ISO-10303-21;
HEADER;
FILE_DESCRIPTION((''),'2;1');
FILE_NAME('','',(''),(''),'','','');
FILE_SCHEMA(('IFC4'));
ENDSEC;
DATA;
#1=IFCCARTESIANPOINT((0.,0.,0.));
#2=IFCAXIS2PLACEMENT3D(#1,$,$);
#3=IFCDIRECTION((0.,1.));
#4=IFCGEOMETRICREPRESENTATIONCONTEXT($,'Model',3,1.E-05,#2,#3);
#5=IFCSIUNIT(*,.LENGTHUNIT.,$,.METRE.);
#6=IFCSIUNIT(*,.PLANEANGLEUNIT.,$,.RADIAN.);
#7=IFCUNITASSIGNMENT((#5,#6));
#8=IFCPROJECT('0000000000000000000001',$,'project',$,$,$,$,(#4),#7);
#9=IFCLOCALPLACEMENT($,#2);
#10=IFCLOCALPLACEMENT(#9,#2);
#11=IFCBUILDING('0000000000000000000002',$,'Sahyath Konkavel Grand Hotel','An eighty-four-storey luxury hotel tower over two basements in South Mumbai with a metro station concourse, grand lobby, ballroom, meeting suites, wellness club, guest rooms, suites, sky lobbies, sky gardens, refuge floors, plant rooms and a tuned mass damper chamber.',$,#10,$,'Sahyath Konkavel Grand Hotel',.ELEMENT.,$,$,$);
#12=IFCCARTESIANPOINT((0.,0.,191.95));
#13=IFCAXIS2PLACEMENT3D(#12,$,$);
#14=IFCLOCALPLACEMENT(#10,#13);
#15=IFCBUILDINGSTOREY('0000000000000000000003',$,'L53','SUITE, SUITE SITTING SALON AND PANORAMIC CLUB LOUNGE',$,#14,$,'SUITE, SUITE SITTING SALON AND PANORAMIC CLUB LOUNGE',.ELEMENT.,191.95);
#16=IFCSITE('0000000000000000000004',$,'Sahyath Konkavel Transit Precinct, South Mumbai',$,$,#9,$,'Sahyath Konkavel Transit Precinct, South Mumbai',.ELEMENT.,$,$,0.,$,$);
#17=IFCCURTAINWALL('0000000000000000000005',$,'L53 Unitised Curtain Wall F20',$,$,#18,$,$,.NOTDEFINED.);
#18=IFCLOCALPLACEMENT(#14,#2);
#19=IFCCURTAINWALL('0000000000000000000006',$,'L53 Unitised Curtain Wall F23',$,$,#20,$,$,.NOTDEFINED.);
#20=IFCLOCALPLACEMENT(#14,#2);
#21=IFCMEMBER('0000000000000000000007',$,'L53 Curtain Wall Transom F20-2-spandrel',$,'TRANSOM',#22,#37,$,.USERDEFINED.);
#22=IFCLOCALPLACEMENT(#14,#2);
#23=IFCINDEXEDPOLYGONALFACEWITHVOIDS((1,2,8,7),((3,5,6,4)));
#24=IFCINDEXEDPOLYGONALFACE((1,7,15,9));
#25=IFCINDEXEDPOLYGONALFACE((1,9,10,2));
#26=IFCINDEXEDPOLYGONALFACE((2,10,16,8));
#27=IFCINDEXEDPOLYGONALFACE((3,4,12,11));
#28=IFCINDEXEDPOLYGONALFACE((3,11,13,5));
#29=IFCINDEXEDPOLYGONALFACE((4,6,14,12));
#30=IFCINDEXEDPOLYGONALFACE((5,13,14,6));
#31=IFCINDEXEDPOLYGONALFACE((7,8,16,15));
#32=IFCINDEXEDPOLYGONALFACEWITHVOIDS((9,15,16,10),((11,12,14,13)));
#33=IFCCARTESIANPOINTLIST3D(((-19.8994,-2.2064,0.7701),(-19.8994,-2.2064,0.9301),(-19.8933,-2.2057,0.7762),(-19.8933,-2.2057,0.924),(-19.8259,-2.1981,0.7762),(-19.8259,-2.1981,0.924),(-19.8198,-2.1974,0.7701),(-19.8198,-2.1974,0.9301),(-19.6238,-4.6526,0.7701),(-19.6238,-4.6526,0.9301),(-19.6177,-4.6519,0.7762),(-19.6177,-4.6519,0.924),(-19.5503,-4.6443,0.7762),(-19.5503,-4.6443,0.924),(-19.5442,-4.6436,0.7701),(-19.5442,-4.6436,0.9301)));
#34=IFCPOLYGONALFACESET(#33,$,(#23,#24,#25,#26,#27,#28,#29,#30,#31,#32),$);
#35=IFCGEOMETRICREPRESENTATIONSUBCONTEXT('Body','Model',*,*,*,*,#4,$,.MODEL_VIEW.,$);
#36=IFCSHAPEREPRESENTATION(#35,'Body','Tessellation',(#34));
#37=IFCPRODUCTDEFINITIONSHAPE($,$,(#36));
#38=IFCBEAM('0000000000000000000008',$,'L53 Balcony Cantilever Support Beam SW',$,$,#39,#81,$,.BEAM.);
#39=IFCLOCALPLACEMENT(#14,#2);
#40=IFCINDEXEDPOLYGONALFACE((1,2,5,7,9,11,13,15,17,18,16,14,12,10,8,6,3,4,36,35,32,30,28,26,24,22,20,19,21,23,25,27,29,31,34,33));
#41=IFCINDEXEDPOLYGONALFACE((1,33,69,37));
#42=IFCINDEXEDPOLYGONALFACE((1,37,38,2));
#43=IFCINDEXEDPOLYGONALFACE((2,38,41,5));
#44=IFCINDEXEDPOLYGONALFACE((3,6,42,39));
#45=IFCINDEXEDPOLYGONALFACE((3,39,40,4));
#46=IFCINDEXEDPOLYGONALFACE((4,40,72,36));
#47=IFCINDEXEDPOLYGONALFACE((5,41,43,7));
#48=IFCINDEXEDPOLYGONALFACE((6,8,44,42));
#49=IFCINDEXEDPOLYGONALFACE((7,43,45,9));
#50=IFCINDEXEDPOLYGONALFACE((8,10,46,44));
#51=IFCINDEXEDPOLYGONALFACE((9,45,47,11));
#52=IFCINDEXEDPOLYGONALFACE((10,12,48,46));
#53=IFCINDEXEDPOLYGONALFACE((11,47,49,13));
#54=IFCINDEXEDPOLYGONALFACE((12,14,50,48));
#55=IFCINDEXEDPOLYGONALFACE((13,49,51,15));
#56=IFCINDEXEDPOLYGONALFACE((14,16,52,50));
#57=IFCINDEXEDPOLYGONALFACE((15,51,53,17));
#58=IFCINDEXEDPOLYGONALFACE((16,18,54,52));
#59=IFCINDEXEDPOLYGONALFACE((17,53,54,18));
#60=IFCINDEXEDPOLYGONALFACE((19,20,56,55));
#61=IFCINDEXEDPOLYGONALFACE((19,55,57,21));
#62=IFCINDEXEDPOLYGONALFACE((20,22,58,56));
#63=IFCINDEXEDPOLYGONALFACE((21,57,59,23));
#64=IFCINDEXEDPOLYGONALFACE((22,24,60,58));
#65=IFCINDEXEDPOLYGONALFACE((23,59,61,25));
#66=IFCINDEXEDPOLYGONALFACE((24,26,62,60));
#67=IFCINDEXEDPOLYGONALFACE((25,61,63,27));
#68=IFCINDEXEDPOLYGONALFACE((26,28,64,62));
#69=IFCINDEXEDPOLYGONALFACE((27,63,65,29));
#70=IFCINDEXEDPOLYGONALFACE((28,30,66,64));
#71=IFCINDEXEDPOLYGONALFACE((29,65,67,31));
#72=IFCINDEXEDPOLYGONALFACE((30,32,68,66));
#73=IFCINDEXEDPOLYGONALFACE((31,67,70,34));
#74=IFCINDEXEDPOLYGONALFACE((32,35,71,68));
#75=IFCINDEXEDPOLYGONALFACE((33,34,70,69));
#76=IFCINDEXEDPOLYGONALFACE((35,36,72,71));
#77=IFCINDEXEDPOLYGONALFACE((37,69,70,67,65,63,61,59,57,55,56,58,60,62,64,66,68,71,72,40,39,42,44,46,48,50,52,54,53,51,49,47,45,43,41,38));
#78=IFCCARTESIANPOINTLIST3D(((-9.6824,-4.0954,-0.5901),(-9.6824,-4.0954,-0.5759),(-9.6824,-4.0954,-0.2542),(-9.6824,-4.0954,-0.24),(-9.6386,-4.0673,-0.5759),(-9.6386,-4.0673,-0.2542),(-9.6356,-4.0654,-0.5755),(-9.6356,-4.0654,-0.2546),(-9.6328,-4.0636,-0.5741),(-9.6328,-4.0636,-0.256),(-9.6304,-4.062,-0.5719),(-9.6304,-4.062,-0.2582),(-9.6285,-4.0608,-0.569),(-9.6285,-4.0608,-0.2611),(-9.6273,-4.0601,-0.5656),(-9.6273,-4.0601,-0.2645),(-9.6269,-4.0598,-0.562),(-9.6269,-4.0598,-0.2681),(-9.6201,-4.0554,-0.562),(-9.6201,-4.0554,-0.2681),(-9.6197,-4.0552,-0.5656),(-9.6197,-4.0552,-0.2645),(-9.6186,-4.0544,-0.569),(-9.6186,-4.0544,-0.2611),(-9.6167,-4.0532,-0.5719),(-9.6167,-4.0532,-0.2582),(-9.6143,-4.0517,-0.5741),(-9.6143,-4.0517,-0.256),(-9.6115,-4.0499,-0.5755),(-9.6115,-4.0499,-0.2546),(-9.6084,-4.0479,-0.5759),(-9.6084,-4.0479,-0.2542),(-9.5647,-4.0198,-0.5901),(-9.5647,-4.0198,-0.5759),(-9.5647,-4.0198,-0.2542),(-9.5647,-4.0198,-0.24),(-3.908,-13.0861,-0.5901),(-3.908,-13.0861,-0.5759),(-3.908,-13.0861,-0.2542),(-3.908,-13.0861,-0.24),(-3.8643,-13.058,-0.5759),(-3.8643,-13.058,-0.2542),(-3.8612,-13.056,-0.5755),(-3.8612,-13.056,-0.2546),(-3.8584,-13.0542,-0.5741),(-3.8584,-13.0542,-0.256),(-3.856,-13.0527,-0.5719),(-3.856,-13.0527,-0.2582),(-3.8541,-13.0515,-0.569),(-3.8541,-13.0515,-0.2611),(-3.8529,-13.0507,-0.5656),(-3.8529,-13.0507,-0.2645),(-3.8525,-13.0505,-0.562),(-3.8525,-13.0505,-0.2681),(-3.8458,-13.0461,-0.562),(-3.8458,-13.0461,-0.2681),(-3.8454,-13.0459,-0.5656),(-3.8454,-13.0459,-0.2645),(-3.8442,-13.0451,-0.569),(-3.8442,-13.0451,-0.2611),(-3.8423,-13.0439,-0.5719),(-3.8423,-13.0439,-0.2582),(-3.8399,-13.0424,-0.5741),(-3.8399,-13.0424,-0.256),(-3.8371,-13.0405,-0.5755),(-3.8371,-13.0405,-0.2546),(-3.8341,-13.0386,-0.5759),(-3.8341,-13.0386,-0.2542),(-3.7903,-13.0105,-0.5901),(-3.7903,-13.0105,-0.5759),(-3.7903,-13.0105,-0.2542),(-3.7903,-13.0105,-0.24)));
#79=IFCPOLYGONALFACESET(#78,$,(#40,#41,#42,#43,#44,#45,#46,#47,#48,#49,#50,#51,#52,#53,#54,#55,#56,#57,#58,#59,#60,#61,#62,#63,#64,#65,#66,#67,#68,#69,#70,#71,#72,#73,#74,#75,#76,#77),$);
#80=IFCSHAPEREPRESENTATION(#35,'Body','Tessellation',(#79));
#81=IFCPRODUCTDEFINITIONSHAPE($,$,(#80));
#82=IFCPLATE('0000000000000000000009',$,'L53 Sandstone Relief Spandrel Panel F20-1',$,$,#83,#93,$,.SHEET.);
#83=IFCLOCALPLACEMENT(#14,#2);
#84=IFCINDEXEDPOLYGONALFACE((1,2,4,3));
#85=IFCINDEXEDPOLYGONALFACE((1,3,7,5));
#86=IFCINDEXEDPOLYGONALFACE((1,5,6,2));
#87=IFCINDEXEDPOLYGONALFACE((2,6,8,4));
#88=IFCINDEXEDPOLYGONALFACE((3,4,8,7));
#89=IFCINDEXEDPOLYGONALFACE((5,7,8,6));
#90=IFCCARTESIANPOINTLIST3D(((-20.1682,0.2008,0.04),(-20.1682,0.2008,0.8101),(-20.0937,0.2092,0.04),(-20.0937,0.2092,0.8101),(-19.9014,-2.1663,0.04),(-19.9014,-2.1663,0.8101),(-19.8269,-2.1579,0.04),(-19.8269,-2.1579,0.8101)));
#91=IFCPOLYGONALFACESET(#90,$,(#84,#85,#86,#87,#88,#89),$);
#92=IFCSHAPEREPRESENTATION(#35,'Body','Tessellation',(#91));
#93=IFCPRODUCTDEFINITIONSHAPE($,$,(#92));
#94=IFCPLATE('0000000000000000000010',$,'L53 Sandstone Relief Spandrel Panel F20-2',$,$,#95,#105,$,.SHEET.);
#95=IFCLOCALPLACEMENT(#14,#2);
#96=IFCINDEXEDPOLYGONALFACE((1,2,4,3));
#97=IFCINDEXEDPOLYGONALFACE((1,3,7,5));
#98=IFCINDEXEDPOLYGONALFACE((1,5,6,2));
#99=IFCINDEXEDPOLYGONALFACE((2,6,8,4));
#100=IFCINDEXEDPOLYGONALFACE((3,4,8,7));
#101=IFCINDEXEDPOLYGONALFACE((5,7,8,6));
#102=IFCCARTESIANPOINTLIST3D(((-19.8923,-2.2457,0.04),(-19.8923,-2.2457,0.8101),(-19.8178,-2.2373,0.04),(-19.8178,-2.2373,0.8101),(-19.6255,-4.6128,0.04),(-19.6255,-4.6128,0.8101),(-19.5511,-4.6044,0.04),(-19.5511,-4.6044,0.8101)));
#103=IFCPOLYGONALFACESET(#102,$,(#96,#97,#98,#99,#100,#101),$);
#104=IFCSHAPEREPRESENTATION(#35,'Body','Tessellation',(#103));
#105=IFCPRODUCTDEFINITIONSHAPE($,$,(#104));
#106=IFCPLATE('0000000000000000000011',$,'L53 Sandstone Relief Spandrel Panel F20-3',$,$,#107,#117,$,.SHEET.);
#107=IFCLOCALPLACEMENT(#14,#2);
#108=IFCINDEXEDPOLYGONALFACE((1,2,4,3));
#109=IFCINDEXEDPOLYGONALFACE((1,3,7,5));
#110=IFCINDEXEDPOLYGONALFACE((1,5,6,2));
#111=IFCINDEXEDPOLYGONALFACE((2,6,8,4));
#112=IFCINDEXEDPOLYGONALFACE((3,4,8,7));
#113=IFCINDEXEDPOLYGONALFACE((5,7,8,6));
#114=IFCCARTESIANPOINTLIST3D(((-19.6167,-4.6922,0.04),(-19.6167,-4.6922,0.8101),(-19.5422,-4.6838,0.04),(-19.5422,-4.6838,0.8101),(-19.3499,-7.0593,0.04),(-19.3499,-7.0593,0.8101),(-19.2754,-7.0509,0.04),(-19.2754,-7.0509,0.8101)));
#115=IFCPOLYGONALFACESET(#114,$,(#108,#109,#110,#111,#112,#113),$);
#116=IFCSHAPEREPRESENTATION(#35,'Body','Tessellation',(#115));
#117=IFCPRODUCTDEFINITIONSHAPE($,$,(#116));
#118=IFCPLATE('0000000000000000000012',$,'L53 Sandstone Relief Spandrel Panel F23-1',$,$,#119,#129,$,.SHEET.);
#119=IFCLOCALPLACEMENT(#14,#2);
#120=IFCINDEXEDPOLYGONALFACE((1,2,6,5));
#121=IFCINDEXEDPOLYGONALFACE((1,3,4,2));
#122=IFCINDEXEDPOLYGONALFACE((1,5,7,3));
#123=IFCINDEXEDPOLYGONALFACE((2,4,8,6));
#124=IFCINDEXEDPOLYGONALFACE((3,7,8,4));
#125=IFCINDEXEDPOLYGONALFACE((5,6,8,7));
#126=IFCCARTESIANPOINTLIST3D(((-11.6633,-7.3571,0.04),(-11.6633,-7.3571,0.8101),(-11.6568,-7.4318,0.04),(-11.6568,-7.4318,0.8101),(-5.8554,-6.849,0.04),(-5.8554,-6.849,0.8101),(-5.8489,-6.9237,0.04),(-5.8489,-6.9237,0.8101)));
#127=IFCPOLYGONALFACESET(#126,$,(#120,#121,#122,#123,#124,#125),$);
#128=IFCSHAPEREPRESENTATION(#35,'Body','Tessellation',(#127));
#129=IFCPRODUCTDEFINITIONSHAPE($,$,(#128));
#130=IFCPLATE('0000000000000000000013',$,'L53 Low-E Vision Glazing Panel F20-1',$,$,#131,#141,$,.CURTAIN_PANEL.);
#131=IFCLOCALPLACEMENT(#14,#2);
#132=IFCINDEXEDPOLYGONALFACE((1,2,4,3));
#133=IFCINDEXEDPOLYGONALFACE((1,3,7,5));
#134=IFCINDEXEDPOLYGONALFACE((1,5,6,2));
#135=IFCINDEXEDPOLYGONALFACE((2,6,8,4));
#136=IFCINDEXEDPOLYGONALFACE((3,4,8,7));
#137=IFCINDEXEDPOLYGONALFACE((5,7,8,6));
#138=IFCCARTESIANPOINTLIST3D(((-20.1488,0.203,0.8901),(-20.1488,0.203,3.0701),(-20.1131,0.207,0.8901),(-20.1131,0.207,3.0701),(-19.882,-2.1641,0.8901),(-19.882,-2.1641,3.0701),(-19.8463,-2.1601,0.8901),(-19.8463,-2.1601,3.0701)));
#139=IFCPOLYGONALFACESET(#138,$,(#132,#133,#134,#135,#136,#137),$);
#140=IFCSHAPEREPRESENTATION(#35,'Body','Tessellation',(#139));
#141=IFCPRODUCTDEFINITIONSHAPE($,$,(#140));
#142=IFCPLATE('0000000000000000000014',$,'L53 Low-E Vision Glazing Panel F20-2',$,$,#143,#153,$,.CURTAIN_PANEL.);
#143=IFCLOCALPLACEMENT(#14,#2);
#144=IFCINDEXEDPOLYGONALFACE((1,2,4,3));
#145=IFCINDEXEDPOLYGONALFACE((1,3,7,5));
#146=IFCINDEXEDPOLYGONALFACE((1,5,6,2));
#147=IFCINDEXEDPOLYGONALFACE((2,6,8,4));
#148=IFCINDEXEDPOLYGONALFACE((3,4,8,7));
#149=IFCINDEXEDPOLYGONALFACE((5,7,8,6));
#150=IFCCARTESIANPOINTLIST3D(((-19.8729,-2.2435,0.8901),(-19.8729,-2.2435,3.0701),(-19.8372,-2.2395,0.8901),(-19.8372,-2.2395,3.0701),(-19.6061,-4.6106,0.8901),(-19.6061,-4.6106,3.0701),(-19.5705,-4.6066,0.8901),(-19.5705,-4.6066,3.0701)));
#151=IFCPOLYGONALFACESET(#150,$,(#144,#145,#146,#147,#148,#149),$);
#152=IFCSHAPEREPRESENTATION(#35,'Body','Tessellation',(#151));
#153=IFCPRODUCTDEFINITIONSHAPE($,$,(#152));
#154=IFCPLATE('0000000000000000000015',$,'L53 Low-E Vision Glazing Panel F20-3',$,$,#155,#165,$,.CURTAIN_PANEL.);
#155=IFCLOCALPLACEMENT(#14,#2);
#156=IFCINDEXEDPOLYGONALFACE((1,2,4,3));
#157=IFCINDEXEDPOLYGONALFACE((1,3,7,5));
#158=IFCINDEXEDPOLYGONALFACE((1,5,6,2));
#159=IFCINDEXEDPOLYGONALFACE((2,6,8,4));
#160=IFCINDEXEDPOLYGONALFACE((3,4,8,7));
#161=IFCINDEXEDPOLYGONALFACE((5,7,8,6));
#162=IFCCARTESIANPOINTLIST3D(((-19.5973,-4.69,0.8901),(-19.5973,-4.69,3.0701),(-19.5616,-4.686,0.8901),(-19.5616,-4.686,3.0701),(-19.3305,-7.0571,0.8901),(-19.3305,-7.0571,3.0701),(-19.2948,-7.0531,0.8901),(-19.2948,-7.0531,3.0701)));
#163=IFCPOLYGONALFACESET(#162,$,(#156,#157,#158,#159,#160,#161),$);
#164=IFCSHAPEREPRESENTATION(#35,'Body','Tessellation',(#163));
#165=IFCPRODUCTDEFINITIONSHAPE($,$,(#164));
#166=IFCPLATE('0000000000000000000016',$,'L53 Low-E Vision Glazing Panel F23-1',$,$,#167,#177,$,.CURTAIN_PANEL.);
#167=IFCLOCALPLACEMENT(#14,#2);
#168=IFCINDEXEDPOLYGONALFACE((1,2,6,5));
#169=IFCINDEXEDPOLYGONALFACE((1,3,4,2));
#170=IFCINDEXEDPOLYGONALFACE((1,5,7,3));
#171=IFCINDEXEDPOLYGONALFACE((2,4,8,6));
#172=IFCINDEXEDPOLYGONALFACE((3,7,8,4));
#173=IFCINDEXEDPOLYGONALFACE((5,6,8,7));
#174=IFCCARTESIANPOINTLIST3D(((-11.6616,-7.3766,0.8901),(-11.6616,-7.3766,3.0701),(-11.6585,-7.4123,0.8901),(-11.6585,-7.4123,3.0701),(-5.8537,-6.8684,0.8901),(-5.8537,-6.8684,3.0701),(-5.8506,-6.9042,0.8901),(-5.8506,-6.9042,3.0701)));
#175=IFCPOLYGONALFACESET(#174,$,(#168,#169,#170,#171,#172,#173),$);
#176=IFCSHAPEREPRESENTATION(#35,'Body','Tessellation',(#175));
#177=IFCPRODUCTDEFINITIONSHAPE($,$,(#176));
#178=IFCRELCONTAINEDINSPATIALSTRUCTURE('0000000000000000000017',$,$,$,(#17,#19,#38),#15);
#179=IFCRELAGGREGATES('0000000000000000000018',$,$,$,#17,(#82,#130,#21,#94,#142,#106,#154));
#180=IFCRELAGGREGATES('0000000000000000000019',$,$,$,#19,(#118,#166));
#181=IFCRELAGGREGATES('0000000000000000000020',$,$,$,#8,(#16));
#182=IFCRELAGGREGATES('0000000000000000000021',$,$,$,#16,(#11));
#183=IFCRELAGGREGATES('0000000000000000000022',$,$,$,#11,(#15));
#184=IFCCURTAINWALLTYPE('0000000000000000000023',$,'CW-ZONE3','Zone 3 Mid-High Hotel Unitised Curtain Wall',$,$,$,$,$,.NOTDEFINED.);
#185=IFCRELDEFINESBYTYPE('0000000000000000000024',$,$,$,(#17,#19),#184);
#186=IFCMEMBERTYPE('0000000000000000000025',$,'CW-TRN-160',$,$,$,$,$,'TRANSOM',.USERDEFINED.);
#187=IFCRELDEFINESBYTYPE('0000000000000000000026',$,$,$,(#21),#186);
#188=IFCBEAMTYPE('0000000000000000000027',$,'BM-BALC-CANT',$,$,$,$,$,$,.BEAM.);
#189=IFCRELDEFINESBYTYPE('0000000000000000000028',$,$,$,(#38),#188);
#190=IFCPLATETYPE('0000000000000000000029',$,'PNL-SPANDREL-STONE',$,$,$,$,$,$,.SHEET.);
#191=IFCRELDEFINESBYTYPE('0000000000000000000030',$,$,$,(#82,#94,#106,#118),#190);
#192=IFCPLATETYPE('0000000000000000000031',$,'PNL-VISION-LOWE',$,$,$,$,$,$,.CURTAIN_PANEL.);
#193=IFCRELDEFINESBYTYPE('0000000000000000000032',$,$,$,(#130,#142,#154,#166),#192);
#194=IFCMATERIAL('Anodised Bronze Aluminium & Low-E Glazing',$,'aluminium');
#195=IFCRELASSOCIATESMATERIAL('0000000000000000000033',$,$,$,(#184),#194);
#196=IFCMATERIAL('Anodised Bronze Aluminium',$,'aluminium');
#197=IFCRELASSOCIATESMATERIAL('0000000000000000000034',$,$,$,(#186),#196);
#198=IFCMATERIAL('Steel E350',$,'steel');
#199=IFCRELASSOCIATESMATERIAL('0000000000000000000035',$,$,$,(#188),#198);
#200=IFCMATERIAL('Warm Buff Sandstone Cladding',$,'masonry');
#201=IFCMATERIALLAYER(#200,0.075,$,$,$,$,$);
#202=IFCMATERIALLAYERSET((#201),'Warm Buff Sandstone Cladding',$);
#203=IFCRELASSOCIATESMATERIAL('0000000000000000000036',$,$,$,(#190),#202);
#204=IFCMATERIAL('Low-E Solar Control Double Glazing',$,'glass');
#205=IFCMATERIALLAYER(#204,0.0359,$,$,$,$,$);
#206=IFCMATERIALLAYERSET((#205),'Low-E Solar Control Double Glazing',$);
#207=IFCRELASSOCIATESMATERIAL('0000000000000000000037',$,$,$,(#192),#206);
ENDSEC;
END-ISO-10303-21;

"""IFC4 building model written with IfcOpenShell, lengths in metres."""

from ifc_helpers import new_model, si_unit, direction, frame, origin, origin_2d, place, context, subcontext, project, spatial, rectangle, hollow_rectangle, i_section, extrude, source, transform, mapped, material, layer, layer_set, material_profile, profile_set, type_object, element, aggregate, save


model = new_model("IFC4")

# Units and contexts
model_context = context("Model", 3, precision=1e-05, world=origin(), true_north=direction((0.0, 1.0)))
body_context = subcontext(model_context, "Body", "Model", "MODEL_VIEW")
ifc_project = project(units=[si_unit("LENGTHUNIT", "METRE"), si_unit("PLANEANGLEUNIT", "RADIAN")], contexts=[model_context])

# Site, building, storey
site_placement = place(None, origin())
site = spatial("IfcSite", under=ifc_project, at=site_placement, Name="Sahyath Konkavel Transit Precinct, South Mumbai", LongName="Sahyath Konkavel Transit Precinct, South Mumbai", CompositionType="ELEMENT", RefElevation=0.0)
building_placement = place(site_placement, origin())
building = spatial("IfcBuilding", under=site, at=building_placement, Name="Sahyath Konkavel Grand Hotel", Description="An eighty-four-storey luxury hotel tower over two basements in South Mumbai with a metro station concourse, grand lobby, ballroom, meeting suites, wellness club, guest rooms, suites, sky lobbies, sky gardens, refuge floors, plant rooms and a tuned mass damper chamber.", LongName="Sahyath Konkavel Grand Hotel", CompositionType="ELEMENT")
storey_placement = place(building_placement, frame((0.0, 0.0, 191.95)))
storey = spatial("IfcBuildingStorey", under=building, at=storey_placement, Name="L53", Description="SUITE, SUITE SITTING SALON AND PANORAMIC CLUB LOUNGE", LongName="SUITE, SUITE SITTING SALON AND PANORAMIC CLUB LOUNGE", CompositionType="ELEMENT", Elevation=191.95)

# Shared definitions
ifc_material_1 = material(Name="Steel E350", Category="steel")

# Curtain wall
ifc_material_2 = material(Name="Anodised Bronze Aluminium & Low-E Glazing", Category="aluminium")
curtain_wall_type = type_object("IfcCurtainWallType", Name="CW-ZONE3", Description="Zone 3 Mid-High Hotel Unitised Curtain Wall", PredefinedType="NOTDEFINED", material=ifc_material_2)
curtain_wall_1_placement = place(storey_placement, origin())
curtain_wall_1 = element("IfcCurtainWall", 1, at=curtain_wall_1_placement, inside=storey, type_object=curtain_wall_type, Name="L53 Unitised Curtain Wall F20", PredefinedType="NOTDEFINED")
ifc_material_3 = material(Name="Anodised Bronze Aluminium", Category="aluminium")

# Curtain wall
curtain_wall_2_placement = place(storey_placement, origin())
curtain_wall_2 = element("IfcCurtainWall", 2, at=curtain_wall_2_placement, inside=storey, type_object=curtain_wall_type, Name="L53 Unitised Curtain Wall F23", PredefinedType="NOTDEFINED")

# Member
ifc_material_profile_1 = material_profile(ifc_material_3, hollow_rectangle(XDim=0.0801, YDim=0.1599, WallThickness=0.0061, at=origin_2d()), Name="RHS 160x80x6")
ifc_profile_set_1 = profile_set([ifc_material_profile_1], Name="Anodised Bronze Aluminium")
member_type_1 = type_object("IfcMemberType", Name="CW-TRN-160", ElementType="TRANSOM", PredefinedType="USERDEFINED", material=ifc_profile_set_1)
shared_shape_1 = source(origin(), body_context, "Body", "SweptSolid", [
    extrude(hollow_rectangle(XDim=0.0801, YDim=0.1599, WallThickness=0.0061, at=origin_2d()), origin(), (0.0, 0.0, 1.0), 2.4617),
])
member_1_placement = place(storey_placement, frame((-19.8596, -2.2019, 0.8501), z_axis=(0.111966, -0.993712, 0.0), x_axis=(0.993712, 0.111966, 0.0)))
member_1 = element("IfcMember", 3, at=member_1_placement, type_object=member_type_1, Name="L53 Curtain Wall Transom F20-2-spandrel", ObjectType="TRANSOM", PredefinedType="USERDEFINED", context=body_context, shape_type="MappedRepresentation", body=[
    mapped(shared_shape_1, transform((0.0, 0.0, 0.0), scale=1.0)),
])

# Beam
ifc_material_profile_2 = material_profile(ifc_material_1, i_section(OverallWidth=0.1399, OverallDepth=0.3501, WebThickness=0.0081, FlangeThickness=0.0142, FilletRadius=0.0139, at=origin_2d()), Name="ISMB 350")
ifc_profile_set_2 = profile_set([ifc_material_profile_2], Name="Steel E350")
beam_type_1 = type_object("IfcBeamType", Name="BM-BALC-CANT", PredefinedType="BEAM", material=ifc_profile_set_2)
shared_shape_2 = source(origin(), body_context, "Body", "SweptSolid", [
    extrude(i_section(OverallWidth=0.1399, OverallDepth=0.3501, WebThickness=0.0081, FlangeThickness=0.0142, FilletRadius=0.0139, at=origin_2d()), origin(), (0.0, 0.0, 1.0), 10.6853),
])
beam_1_placement = place(storey_placement, frame((-9.6235, -4.0576, -0.415), z_axis=(0.540404, -0.841406, 0.0), x_axis=(0.841406, 0.540404, 0.0)))
element("IfcBeam", 4, at=beam_1_placement, inside=storey, type_object=beam_type_1, Name="L53 Balcony Cantilever Support Beam SW", PredefinedType="BEAM", context=body_context, shape_type="MappedRepresentation", body=[
    mapped(shared_shape_2, transform((0.0, 0.0, 0.0), scale=1.0)),
])

# Plates
ifc_material_4 = material(Name="Warm Buff Sandstone Cladding", Category="masonry")
ifc_layer_1 = layer(ifc_material_4, 0.075)
ifc_layer_set_1 = layer_set([ifc_layer_1], Name="Warm Buff Sandstone Cladding")
plate_type_1 = type_object("IfcPlateType", Name="PNL-SPANDREL-STONE", PredefinedType="SHEET", material=ifc_layer_set_1)
shared_shape_3 = source(origin(), body_context, "Body", "SweptSolid", [
    extrude(rectangle(XDim=2.3821, YDim=0.075, at=origin_2d()), origin(), (0.0, 0.0, 1.0), 0.77),
])
plate_1_placement = place(storey_placement, frame((-19.9976, -0.9785, 0.04), z_axis=(0.0, 0.0, 1.0), x_axis=(0.111989, -0.993709, 0.0)))
plate_1 = element("IfcPlate", 5, at=plate_1_placement, type_object=plate_type_1, Name="L53 Sandstone Relief Spandrel Panel F20-1", PredefinedType="SHEET", context=body_context, shape_type="MappedRepresentation", body=[
    mapped(shared_shape_3, transform((0.0, 0.0, 0.0), scale=1.0)),
])
plate_2_placement = place(storey_placement, frame((-19.7217, -3.425, 0.04), z_axis=(0.0, 0.0, 1.0), x_axis=(0.111989, -0.993709, 0.0)))
plate_2 = element("IfcPlate", 6, at=plate_2_placement, type_object=plate_type_1, Name="L53 Sandstone Relief Spandrel Panel F20-2", PredefinedType="SHEET", context=body_context, shape_type="MappedRepresentation", body=[
    mapped(shared_shape_3, transform((0.0, 0.0, 0.0), scale=1.0)),
])
plate_3_placement = place(storey_placement, frame((-19.446, -5.8716, 0.04), z_axis=(0.0, 0.0, 1.0), x_axis=(0.111989, -0.993709, 0.0)))
plate_3 = element("IfcPlate", 7, at=plate_3_placement, type_object=plate_type_1, Name="L53 Sandstone Relief Spandrel Panel F20-3", PredefinedType="SHEET", context=body_context, shape_type="MappedRepresentation", body=[
    mapped(shared_shape_3, transform((0.0, 0.0, 0.0), scale=1.0)),
])
shared_shape_4 = source(origin(), body_context, "Body", "SweptSolid", [
    extrude(rectangle(XDim=5.8301, YDim=0.075, at=origin_2d()), origin(), (0.0, 0.0, 1.0), 0.77),
])
plate_4_placement = place(storey_placement, frame((-8.7561, -7.1404, 0.04), z_axis=(0.0, 0.0, 1.0), x_axis=(0.996195, 0.087156, 0.0)))
plate_4 = element("IfcPlate", 8, at=plate_4_placement, type_object=plate_type_1, Name="L53 Sandstone Relief Spandrel Panel F23-1", PredefinedType="SHEET", context=body_context, shape_type="MappedRepresentation", body=[
    mapped(shared_shape_4, transform((0.0, 0.0, 0.0), scale=1.0)),
])
ifc_material_5 = material(Name="Low-E Solar Control Double Glazing", Category="glass")
ifc_layer_2 = layer(ifc_material_5, 0.0359)
ifc_layer_set_2 = layer_set([ifc_layer_2], Name="Low-E Solar Control Double Glazing")
plate_type_2 = type_object("IfcPlateType", Name="PNL-VISION-LOWE", PredefinedType="CURTAIN_PANEL", material=ifc_layer_set_2)
shared_shape_5 = source(origin(), body_context, "Body", "SweptSolid", [
    extrude(rectangle(XDim=2.3821, YDim=0.0359, at=origin_2d()), origin(), (0.0, 0.0, 1.0), 2.1799),
])
plate_5_placement = place(storey_placement, frame((-19.9976, -0.9785, 0.8901), z_axis=(0.0, 0.0, 1.0), x_axis=(0.111989, -0.993709, 0.0)))
plate_5 = element("IfcPlate", 9, at=plate_5_placement, type_object=plate_type_2, Name="L53 Low-E Vision Glazing Panel F20-1", PredefinedType="CURTAIN_PANEL", context=body_context, shape_type="MappedRepresentation", body=[
    mapped(shared_shape_5, transform((0.0, 0.0, 0.0), scale=1.0)),
])
plate_6_placement = place(storey_placement, frame((-19.7217, -3.425, 0.8901), z_axis=(0.0, 0.0, 1.0), x_axis=(0.111989, -0.993709, 0.0)))
plate_6 = element("IfcPlate", 10, at=plate_6_placement, type_object=plate_type_2, Name="L53 Low-E Vision Glazing Panel F20-2", PredefinedType="CURTAIN_PANEL", context=body_context, shape_type="MappedRepresentation", body=[
    mapped(shared_shape_5, transform((0.0, 0.0, 0.0), scale=1.0)),
])
plate_7_placement = place(storey_placement, frame((-19.446, -5.8716, 0.8901), z_axis=(0.0, 0.0, 1.0), x_axis=(0.111989, -0.993709, 0.0)))
plate_7 = element("IfcPlate", 11, at=plate_7_placement, type_object=plate_type_2, Name="L53 Low-E Vision Glazing Panel F20-3", PredefinedType="CURTAIN_PANEL", context=body_context, shape_type="MappedRepresentation", body=[
    mapped(shared_shape_5, transform((0.0, 0.0, 0.0), scale=1.0)),
])
aggregate(curtain_wall_1, [plate_1, plate_5, member_1, plate_2, plate_6, plate_3, plate_7])
shared_shape_6 = source(origin(), body_context, "Body", "SweptSolid", [
    extrude(rectangle(XDim=5.8301, YDim=0.0359, at=origin_2d()), origin(), (0.0, 0.0, 1.0), 2.1799),
])
plate_8_placement = place(storey_placement, frame((-8.7561, -7.1404, 0.8901), z_axis=(0.0, 0.0, 1.0), x_axis=(0.996195, 0.087156, 0.0)))
plate_8 = element("IfcPlate", 12, at=plate_8_placement, type_object=plate_type_2, Name="L53 Low-E Vision Glazing Panel F23-1", PredefinedType="CURTAIN_PANEL", context=body_context, shape_type="MappedRepresentation", body=[
    mapped(shared_shape_6, transform((0.0, 0.0, 0.0), scale=1.0)),
])
aggregate(curtain_wall_2, [plate_4, plate_8])

save(model, "model.ifc")
